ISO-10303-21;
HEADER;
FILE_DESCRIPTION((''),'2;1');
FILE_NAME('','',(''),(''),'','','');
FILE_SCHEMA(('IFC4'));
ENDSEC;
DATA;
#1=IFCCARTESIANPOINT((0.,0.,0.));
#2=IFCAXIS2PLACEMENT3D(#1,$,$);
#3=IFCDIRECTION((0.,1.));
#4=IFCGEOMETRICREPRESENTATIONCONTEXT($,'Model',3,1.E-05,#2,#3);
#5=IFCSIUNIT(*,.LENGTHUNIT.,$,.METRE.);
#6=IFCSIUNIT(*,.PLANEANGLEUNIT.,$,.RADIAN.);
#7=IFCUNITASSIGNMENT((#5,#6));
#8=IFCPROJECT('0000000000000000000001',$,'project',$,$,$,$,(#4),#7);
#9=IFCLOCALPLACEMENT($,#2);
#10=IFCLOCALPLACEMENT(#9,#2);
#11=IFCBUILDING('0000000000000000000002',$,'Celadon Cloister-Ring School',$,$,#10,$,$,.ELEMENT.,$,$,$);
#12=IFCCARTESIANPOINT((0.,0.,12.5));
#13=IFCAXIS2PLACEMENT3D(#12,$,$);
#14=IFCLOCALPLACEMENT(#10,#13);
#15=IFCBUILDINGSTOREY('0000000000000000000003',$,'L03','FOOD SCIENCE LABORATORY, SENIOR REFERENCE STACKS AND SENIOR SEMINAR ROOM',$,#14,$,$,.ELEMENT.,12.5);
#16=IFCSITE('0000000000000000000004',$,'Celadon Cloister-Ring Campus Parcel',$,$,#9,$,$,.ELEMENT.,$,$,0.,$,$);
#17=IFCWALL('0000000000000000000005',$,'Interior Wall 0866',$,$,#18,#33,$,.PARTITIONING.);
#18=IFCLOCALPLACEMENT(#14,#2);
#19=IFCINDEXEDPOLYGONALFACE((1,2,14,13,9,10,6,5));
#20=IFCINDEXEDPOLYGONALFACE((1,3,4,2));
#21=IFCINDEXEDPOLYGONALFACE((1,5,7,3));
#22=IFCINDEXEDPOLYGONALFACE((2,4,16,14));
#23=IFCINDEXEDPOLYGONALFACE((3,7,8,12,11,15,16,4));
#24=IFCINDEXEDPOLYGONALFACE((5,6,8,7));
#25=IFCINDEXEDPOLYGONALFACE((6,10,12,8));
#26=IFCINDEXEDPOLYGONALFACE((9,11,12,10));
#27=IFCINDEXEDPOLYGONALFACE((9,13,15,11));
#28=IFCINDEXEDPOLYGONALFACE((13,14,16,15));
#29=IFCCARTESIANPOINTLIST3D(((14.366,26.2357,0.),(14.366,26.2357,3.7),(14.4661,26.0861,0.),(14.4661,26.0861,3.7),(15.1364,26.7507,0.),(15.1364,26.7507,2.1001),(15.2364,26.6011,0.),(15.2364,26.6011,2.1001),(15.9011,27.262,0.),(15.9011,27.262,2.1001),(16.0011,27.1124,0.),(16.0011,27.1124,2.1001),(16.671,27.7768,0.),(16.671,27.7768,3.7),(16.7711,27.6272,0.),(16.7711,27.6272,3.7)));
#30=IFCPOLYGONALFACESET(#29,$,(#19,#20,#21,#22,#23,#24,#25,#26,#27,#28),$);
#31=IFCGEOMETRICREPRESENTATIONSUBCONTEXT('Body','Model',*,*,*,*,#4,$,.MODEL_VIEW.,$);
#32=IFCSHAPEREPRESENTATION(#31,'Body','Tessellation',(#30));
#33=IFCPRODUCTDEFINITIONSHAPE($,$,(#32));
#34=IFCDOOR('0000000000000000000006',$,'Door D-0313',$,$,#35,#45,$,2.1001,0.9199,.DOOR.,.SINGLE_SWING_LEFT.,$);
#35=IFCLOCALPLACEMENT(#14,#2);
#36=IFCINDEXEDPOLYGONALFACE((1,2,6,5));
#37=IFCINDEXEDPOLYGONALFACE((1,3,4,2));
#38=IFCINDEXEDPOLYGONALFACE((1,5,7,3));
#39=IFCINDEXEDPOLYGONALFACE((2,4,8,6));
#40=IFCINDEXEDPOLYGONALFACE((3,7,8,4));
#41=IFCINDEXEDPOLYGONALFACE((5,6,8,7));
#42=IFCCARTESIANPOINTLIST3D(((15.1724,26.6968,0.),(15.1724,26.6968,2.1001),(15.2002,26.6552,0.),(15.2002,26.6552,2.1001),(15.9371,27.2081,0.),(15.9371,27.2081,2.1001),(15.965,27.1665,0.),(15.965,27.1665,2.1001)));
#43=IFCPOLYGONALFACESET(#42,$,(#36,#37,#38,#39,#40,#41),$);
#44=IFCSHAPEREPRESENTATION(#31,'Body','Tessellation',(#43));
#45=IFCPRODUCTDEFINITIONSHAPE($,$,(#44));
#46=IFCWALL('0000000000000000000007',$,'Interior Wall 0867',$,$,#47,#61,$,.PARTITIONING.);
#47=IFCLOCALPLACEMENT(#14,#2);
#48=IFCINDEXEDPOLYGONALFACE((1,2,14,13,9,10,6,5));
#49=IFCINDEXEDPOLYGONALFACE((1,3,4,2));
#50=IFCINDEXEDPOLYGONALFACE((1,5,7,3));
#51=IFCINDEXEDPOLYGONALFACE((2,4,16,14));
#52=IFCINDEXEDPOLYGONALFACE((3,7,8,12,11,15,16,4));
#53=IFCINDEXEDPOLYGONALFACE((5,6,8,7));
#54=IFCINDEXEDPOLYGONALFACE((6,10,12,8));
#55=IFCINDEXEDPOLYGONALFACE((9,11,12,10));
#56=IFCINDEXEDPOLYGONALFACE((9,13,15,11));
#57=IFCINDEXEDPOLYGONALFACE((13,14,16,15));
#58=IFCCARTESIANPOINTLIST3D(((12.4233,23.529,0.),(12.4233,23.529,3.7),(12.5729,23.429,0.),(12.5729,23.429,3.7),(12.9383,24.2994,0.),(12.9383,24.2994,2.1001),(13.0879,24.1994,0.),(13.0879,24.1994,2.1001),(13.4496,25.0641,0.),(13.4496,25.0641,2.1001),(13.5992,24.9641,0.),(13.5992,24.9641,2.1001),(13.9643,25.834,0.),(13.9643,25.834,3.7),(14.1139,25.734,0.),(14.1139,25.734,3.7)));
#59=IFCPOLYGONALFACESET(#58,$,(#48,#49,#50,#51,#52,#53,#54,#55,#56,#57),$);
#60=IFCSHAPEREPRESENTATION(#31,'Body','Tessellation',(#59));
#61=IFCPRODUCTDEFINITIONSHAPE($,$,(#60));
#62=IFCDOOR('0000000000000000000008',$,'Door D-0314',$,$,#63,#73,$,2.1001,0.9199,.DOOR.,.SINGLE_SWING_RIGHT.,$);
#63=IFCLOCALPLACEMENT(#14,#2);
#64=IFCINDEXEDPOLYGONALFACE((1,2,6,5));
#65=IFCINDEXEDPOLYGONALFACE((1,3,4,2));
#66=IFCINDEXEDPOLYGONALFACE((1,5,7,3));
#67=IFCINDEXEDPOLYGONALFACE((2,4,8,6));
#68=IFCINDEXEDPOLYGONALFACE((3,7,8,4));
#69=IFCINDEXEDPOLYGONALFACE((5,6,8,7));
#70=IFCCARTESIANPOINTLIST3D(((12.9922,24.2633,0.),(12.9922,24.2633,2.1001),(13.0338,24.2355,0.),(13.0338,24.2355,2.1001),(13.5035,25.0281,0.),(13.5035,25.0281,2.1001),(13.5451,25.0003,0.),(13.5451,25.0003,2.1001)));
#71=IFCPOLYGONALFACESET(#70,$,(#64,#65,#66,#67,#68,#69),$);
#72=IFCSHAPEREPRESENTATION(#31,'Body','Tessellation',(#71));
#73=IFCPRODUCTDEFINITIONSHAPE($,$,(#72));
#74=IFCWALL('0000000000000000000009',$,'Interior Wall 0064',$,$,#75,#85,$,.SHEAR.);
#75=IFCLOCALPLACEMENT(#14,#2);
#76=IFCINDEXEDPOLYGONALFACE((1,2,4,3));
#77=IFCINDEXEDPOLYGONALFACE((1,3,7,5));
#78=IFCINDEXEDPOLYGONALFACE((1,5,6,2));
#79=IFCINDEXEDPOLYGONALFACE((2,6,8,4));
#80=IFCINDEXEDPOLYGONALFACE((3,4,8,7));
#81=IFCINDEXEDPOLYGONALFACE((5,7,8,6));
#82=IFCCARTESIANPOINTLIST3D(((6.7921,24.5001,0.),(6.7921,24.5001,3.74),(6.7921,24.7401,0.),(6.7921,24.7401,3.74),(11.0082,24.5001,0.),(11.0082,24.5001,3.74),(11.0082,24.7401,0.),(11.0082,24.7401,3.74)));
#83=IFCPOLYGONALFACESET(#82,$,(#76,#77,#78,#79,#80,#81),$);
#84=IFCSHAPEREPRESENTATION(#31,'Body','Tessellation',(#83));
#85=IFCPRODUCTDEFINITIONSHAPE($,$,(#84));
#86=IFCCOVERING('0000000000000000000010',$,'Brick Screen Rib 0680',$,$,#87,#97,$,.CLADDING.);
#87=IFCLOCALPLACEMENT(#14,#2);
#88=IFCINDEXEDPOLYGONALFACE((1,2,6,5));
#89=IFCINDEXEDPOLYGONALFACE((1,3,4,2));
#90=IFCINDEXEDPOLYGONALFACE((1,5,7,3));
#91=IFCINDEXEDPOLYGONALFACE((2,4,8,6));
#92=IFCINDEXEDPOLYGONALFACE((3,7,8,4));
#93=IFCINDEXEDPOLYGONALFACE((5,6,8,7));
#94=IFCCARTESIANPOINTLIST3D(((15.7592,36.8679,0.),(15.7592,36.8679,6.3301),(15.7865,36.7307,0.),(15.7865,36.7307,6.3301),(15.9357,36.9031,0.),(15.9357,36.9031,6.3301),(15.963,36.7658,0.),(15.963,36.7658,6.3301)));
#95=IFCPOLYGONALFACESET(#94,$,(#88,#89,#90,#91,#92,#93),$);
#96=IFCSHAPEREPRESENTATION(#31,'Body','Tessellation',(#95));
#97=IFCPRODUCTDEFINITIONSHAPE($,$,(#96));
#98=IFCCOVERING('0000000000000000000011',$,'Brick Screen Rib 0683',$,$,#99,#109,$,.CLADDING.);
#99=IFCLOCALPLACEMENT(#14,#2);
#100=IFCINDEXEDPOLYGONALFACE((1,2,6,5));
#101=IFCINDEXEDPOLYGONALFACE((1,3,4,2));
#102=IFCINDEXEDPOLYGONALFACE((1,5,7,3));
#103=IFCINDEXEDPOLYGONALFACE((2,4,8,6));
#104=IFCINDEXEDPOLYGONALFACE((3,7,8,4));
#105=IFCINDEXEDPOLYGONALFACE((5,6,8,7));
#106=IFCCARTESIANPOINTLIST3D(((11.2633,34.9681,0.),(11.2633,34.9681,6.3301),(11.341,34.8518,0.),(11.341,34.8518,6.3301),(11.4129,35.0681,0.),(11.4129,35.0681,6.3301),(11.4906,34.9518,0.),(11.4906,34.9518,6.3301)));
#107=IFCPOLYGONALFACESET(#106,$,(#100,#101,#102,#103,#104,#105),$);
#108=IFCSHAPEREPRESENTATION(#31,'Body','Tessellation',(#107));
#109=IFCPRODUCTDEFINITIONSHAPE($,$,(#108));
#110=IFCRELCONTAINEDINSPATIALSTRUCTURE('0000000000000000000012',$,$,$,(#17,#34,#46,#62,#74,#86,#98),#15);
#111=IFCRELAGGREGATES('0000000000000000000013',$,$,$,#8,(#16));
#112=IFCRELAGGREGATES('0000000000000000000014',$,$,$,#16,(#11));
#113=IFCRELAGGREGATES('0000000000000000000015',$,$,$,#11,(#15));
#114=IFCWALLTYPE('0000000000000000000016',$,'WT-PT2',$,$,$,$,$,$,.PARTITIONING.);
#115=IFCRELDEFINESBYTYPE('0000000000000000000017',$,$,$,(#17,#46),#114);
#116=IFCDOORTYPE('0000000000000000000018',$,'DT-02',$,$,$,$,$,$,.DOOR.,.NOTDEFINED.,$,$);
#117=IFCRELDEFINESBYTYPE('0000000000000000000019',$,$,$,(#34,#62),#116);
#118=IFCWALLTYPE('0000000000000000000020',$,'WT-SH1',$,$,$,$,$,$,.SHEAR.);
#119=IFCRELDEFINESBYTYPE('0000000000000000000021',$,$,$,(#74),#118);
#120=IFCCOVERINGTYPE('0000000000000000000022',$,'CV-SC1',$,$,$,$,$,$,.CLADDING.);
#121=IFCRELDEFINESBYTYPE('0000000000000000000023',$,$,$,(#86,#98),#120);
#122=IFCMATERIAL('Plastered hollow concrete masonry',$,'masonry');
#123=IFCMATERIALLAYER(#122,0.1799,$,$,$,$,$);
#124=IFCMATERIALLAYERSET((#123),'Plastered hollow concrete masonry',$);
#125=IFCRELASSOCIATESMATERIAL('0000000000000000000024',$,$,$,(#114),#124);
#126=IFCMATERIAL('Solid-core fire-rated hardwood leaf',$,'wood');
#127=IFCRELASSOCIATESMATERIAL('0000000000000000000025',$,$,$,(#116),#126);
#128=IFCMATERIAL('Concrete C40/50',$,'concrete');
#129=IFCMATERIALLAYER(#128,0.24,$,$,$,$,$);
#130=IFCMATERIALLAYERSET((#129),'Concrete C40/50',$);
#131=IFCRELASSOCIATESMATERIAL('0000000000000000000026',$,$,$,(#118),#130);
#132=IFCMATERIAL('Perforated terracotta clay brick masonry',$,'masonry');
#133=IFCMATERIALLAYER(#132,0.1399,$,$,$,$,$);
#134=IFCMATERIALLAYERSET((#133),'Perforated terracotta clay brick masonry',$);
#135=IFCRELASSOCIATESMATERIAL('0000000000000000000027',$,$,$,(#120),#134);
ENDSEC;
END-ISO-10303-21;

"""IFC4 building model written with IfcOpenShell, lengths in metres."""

from ifc_helpers import new_model, si_unit, direction, frame, frame_2d, origin, origin_2d, place, context, subcontext, project, spatial, rectangle, extrude, material, layer, layer_set, type_object, element, fill, save


model = new_model("IFC4")

# Units and contexts
model_context = context("Model", 3, precision=1e-05, world=origin(), true_north=direction((0.0, 1.0)))
body_context = subcontext(model_context, "Body", "Model", "MODEL_VIEW")
ifc_project = project(units=[si_unit("LENGTHUNIT", "METRE"), si_unit("PLANEANGLEUNIT", "RADIAN")], contexts=[model_context])

# Site, building, storey
site_placement = place(None, origin())
site = spatial("IfcSite", under=ifc_project, at=site_placement, Name="Celadon Cloister-Ring Campus Parcel", CompositionType="ELEMENT", RefElevation=0.0)
building_placement = place(site_placement, origin())
building = spatial("IfcBuilding", under=site, at=building_placement, Name="Celadon Cloister-Ring School", CompositionType="ELEMENT")
storey_placement = place(building_placement, frame((0.0, 0.0, 12.5)))
storey = spatial("IfcBuildingStorey", under=building, at=storey_placement, Name="L03", Description="FOOD SCIENCE LABORATORY, SENIOR REFERENCE STACKS AND SENIOR SEMINAR ROOM", CompositionType="ELEMENT", Elevation=12.5)

# Walls, openings, doors
ifc_material_1 = material(Name="Plastered hollow concrete masonry", Category="masonry")
ifc_layer_1 = layer(ifc_material_1, 0.1799)
ifc_layer_set_1 = layer_set([ifc_layer_1], Name="Plastered hollow concrete masonry")
wall_type_1 = type_object("IfcWallType", Name="WT-PT2", PredefinedType="PARTITIONING", material=ifc_layer_set_1)
wall_1_placement = place(storey_placement, frame((16.7209, 27.7019, 0.0), z_axis=(0.0, 0.0, 1.0), x_axis=(-0.831318, -0.555797, 0.0)))
wall_1 = element("IfcWall", 1, at=wall_1_placement, inside=storey, type_object=wall_type_1, Name="Interior Wall 0866", PredefinedType="PARTITIONING", context=body_context, shape_type="SweptSolid", body=[
    extrude(rectangle(XDim=2.7727, YDim=0.1799, at=frame_2d((1.3862, 0.0))), origin(), (0.0, 0.0, 1.0), 3.7),
])
opening_1_placement = place(wall_1_placement, frame((0.926, 0.0, 0.0)))
opening_1 = element("IfcOpeningElement", 2, at=opening_1_placement, cuts=wall_1, PredefinedType="OPENING", context=body_context, shape_type="SweptSolid", body=[
    extrude(rectangle(XDim=0.9199, YDim=2.1001, at=frame_2d((0.46, 1.05))), frame((0.0, 0.1001, 0.0), z_axis=(0.0, -1.0, 0.0), x_axis=(1.0, 0.0, 0.0)), (0.0, 0.0, 1.0), 0.2),
])
ifc_material_2 = material(Name="Solid-core fire-rated hardwood leaf", Category="wood")
door_type = type_object("IfcDoorType", Name="DT-02", OperationType="NOTDEFINED", PredefinedType="DOOR", material=ifc_material_2)
door_1_placement = place(opening_1_placement, origin())
door_1 = element("IfcDoor", 3, at=door_1_placement, inside=storey, type_object=door_type, Name="Door D-0313", OperationType="SINGLE_SWING_LEFT", OverallHeight=2.1001, OverallWidth=0.9199, PredefinedType="DOOR", context=body_context, shape_type="SweptSolid", body=[
    extrude(rectangle(XDim=0.9199, YDim=2.1001, at=frame_2d((0.46, 1.05))), frame((0.0, 0.0249, 0.0), z_axis=(0.0, -1.0, 0.0), x_axis=(1.0, 0.0, 0.0)), (0.0, 0.0, 1.0), 0.05),
])
fill(opening_1, door_1)
wall_2_placement = place(storey_placement, frame((14.0391, 25.7839, 0.0), z_axis=(0.0, 0.0, 1.0), x_axis=(-0.555797, -0.831318, 0.0)))
wall_2 = element("IfcWall", 4, at=wall_2_placement, inside=storey, type_object=wall_type_1, Name="Interior Wall 0867", PredefinedType="PARTITIONING", context=body_context, shape_type="SweptSolid", body=[
    extrude(rectangle(XDim=2.7727, YDim=0.1799, at=frame_2d((1.3862, 0.0))), origin(), (0.0, 0.0, 1.0), 3.7),
])
opening_2_placement = place(wall_2_placement, frame((0.926, 0.0, 0.0)))
opening_2 = element("IfcOpeningElement", 5, at=opening_2_placement, cuts=wall_2, PredefinedType="OPENING", context=body_context, shape_type="SweptSolid", body=[
    extrude(rectangle(XDim=0.9199, YDim=2.1001, at=frame_2d((0.46, 1.05))), frame((0.0, 0.1001, 0.0), z_axis=(0.0, -1.0, 0.0), x_axis=(1.0, 0.0, 0.0)), (0.0, 0.0, 1.0), 0.2),
])
door_2_placement = place(opening_2_placement, origin())
door_2 = element("IfcDoor", 6, at=door_2_placement, inside=storey, type_object=door_type, Name="Door D-0314", OperationType="SINGLE_SWING_RIGHT", OverallHeight=2.1001, OverallWidth=0.9199, PredefinedType="DOOR", context=body_context, shape_type="SweptSolid", body=[
    extrude(rectangle(XDim=0.9199, YDim=2.1001, at=frame_2d((0.46, 1.05))), frame((0.0, 0.0249, 0.0), z_axis=(0.0, -1.0, 0.0), x_axis=(1.0, 0.0, 0.0)), (0.0, 0.0, 1.0), 0.05),
])
fill(opening_2, door_2)

# Wall
ifc_material_3 = material(Name="Concrete C40/50", Category="concrete")
ifc_layer_2 = layer(ifc_material_3, 0.24)
ifc_layer_set_2 = layer_set([ifc_layer_2], Name="Concrete C40/50")
wall_type_2 = type_object("IfcWallType", Name="WT-SH1", PredefinedType="SHEAR", material=ifc_layer_set_2)
wall_3_placement = place(storey_placement, frame((11.0081, 24.6201, 0.0), z_axis=(0.0, 0.0, 1.0), x_axis=(-1.0, 0.0, 0.0)))
element("IfcWall", 7, at=wall_3_placement, inside=storey, type_object=wall_type_2, Name="Interior Wall 0064", PredefinedType="SHEAR", context=body_context, shape_type="SweptSolid", body=[
    extrude(rectangle(XDim=4.2161, YDim=0.24, at=frame_2d((2.1079, 0.0))), origin(), (0.0, 0.0, 1.0), 3.74),
])

# Coverings
ifc_material_4 = material(Name="Perforated terracotta clay brick masonry", Category="masonry")
ifc_layer_3 = layer(ifc_material_4, 0.1399)
ifc_layer_set_3 = layer_set([ifc_layer_3], Name="Perforated terracotta clay brick masonry")
covering_type = type_object("IfcCoveringType", Name="CV-SC1", PredefinedType="CLADDING", material=ifc_layer_set_3)
for number, where, z_axis, x_axis, name in (
    (8, (15.8611, 36.8169, 0.0), (0.0, 0.0, 1.0), (0.980775, 0.195142, 0.0), "Brick Screen Rib 0680"),
    (9, (11.377, 34.96, 0.0), (0.0, 0.0, 1.0), (0.831402, 0.555672, 0.0), "Brick Screen Rib 0683"),
):
    element("IfcCovering", number, at=place(storey_placement, frame(where, z_axis=z_axis, x_axis=x_axis)), inside=storey, type_object=covering_type, Name=name, PredefinedType="CLADDING", context=body_context, shape_type="SweptSolid", body=[
        extrude(rectangle(XDim=0.1799, YDim=0.1399, at=origin_2d()), origin(), (0.0, 0.0, 1.0), 6.3301),
    ])

save(model, "model.ifc")
